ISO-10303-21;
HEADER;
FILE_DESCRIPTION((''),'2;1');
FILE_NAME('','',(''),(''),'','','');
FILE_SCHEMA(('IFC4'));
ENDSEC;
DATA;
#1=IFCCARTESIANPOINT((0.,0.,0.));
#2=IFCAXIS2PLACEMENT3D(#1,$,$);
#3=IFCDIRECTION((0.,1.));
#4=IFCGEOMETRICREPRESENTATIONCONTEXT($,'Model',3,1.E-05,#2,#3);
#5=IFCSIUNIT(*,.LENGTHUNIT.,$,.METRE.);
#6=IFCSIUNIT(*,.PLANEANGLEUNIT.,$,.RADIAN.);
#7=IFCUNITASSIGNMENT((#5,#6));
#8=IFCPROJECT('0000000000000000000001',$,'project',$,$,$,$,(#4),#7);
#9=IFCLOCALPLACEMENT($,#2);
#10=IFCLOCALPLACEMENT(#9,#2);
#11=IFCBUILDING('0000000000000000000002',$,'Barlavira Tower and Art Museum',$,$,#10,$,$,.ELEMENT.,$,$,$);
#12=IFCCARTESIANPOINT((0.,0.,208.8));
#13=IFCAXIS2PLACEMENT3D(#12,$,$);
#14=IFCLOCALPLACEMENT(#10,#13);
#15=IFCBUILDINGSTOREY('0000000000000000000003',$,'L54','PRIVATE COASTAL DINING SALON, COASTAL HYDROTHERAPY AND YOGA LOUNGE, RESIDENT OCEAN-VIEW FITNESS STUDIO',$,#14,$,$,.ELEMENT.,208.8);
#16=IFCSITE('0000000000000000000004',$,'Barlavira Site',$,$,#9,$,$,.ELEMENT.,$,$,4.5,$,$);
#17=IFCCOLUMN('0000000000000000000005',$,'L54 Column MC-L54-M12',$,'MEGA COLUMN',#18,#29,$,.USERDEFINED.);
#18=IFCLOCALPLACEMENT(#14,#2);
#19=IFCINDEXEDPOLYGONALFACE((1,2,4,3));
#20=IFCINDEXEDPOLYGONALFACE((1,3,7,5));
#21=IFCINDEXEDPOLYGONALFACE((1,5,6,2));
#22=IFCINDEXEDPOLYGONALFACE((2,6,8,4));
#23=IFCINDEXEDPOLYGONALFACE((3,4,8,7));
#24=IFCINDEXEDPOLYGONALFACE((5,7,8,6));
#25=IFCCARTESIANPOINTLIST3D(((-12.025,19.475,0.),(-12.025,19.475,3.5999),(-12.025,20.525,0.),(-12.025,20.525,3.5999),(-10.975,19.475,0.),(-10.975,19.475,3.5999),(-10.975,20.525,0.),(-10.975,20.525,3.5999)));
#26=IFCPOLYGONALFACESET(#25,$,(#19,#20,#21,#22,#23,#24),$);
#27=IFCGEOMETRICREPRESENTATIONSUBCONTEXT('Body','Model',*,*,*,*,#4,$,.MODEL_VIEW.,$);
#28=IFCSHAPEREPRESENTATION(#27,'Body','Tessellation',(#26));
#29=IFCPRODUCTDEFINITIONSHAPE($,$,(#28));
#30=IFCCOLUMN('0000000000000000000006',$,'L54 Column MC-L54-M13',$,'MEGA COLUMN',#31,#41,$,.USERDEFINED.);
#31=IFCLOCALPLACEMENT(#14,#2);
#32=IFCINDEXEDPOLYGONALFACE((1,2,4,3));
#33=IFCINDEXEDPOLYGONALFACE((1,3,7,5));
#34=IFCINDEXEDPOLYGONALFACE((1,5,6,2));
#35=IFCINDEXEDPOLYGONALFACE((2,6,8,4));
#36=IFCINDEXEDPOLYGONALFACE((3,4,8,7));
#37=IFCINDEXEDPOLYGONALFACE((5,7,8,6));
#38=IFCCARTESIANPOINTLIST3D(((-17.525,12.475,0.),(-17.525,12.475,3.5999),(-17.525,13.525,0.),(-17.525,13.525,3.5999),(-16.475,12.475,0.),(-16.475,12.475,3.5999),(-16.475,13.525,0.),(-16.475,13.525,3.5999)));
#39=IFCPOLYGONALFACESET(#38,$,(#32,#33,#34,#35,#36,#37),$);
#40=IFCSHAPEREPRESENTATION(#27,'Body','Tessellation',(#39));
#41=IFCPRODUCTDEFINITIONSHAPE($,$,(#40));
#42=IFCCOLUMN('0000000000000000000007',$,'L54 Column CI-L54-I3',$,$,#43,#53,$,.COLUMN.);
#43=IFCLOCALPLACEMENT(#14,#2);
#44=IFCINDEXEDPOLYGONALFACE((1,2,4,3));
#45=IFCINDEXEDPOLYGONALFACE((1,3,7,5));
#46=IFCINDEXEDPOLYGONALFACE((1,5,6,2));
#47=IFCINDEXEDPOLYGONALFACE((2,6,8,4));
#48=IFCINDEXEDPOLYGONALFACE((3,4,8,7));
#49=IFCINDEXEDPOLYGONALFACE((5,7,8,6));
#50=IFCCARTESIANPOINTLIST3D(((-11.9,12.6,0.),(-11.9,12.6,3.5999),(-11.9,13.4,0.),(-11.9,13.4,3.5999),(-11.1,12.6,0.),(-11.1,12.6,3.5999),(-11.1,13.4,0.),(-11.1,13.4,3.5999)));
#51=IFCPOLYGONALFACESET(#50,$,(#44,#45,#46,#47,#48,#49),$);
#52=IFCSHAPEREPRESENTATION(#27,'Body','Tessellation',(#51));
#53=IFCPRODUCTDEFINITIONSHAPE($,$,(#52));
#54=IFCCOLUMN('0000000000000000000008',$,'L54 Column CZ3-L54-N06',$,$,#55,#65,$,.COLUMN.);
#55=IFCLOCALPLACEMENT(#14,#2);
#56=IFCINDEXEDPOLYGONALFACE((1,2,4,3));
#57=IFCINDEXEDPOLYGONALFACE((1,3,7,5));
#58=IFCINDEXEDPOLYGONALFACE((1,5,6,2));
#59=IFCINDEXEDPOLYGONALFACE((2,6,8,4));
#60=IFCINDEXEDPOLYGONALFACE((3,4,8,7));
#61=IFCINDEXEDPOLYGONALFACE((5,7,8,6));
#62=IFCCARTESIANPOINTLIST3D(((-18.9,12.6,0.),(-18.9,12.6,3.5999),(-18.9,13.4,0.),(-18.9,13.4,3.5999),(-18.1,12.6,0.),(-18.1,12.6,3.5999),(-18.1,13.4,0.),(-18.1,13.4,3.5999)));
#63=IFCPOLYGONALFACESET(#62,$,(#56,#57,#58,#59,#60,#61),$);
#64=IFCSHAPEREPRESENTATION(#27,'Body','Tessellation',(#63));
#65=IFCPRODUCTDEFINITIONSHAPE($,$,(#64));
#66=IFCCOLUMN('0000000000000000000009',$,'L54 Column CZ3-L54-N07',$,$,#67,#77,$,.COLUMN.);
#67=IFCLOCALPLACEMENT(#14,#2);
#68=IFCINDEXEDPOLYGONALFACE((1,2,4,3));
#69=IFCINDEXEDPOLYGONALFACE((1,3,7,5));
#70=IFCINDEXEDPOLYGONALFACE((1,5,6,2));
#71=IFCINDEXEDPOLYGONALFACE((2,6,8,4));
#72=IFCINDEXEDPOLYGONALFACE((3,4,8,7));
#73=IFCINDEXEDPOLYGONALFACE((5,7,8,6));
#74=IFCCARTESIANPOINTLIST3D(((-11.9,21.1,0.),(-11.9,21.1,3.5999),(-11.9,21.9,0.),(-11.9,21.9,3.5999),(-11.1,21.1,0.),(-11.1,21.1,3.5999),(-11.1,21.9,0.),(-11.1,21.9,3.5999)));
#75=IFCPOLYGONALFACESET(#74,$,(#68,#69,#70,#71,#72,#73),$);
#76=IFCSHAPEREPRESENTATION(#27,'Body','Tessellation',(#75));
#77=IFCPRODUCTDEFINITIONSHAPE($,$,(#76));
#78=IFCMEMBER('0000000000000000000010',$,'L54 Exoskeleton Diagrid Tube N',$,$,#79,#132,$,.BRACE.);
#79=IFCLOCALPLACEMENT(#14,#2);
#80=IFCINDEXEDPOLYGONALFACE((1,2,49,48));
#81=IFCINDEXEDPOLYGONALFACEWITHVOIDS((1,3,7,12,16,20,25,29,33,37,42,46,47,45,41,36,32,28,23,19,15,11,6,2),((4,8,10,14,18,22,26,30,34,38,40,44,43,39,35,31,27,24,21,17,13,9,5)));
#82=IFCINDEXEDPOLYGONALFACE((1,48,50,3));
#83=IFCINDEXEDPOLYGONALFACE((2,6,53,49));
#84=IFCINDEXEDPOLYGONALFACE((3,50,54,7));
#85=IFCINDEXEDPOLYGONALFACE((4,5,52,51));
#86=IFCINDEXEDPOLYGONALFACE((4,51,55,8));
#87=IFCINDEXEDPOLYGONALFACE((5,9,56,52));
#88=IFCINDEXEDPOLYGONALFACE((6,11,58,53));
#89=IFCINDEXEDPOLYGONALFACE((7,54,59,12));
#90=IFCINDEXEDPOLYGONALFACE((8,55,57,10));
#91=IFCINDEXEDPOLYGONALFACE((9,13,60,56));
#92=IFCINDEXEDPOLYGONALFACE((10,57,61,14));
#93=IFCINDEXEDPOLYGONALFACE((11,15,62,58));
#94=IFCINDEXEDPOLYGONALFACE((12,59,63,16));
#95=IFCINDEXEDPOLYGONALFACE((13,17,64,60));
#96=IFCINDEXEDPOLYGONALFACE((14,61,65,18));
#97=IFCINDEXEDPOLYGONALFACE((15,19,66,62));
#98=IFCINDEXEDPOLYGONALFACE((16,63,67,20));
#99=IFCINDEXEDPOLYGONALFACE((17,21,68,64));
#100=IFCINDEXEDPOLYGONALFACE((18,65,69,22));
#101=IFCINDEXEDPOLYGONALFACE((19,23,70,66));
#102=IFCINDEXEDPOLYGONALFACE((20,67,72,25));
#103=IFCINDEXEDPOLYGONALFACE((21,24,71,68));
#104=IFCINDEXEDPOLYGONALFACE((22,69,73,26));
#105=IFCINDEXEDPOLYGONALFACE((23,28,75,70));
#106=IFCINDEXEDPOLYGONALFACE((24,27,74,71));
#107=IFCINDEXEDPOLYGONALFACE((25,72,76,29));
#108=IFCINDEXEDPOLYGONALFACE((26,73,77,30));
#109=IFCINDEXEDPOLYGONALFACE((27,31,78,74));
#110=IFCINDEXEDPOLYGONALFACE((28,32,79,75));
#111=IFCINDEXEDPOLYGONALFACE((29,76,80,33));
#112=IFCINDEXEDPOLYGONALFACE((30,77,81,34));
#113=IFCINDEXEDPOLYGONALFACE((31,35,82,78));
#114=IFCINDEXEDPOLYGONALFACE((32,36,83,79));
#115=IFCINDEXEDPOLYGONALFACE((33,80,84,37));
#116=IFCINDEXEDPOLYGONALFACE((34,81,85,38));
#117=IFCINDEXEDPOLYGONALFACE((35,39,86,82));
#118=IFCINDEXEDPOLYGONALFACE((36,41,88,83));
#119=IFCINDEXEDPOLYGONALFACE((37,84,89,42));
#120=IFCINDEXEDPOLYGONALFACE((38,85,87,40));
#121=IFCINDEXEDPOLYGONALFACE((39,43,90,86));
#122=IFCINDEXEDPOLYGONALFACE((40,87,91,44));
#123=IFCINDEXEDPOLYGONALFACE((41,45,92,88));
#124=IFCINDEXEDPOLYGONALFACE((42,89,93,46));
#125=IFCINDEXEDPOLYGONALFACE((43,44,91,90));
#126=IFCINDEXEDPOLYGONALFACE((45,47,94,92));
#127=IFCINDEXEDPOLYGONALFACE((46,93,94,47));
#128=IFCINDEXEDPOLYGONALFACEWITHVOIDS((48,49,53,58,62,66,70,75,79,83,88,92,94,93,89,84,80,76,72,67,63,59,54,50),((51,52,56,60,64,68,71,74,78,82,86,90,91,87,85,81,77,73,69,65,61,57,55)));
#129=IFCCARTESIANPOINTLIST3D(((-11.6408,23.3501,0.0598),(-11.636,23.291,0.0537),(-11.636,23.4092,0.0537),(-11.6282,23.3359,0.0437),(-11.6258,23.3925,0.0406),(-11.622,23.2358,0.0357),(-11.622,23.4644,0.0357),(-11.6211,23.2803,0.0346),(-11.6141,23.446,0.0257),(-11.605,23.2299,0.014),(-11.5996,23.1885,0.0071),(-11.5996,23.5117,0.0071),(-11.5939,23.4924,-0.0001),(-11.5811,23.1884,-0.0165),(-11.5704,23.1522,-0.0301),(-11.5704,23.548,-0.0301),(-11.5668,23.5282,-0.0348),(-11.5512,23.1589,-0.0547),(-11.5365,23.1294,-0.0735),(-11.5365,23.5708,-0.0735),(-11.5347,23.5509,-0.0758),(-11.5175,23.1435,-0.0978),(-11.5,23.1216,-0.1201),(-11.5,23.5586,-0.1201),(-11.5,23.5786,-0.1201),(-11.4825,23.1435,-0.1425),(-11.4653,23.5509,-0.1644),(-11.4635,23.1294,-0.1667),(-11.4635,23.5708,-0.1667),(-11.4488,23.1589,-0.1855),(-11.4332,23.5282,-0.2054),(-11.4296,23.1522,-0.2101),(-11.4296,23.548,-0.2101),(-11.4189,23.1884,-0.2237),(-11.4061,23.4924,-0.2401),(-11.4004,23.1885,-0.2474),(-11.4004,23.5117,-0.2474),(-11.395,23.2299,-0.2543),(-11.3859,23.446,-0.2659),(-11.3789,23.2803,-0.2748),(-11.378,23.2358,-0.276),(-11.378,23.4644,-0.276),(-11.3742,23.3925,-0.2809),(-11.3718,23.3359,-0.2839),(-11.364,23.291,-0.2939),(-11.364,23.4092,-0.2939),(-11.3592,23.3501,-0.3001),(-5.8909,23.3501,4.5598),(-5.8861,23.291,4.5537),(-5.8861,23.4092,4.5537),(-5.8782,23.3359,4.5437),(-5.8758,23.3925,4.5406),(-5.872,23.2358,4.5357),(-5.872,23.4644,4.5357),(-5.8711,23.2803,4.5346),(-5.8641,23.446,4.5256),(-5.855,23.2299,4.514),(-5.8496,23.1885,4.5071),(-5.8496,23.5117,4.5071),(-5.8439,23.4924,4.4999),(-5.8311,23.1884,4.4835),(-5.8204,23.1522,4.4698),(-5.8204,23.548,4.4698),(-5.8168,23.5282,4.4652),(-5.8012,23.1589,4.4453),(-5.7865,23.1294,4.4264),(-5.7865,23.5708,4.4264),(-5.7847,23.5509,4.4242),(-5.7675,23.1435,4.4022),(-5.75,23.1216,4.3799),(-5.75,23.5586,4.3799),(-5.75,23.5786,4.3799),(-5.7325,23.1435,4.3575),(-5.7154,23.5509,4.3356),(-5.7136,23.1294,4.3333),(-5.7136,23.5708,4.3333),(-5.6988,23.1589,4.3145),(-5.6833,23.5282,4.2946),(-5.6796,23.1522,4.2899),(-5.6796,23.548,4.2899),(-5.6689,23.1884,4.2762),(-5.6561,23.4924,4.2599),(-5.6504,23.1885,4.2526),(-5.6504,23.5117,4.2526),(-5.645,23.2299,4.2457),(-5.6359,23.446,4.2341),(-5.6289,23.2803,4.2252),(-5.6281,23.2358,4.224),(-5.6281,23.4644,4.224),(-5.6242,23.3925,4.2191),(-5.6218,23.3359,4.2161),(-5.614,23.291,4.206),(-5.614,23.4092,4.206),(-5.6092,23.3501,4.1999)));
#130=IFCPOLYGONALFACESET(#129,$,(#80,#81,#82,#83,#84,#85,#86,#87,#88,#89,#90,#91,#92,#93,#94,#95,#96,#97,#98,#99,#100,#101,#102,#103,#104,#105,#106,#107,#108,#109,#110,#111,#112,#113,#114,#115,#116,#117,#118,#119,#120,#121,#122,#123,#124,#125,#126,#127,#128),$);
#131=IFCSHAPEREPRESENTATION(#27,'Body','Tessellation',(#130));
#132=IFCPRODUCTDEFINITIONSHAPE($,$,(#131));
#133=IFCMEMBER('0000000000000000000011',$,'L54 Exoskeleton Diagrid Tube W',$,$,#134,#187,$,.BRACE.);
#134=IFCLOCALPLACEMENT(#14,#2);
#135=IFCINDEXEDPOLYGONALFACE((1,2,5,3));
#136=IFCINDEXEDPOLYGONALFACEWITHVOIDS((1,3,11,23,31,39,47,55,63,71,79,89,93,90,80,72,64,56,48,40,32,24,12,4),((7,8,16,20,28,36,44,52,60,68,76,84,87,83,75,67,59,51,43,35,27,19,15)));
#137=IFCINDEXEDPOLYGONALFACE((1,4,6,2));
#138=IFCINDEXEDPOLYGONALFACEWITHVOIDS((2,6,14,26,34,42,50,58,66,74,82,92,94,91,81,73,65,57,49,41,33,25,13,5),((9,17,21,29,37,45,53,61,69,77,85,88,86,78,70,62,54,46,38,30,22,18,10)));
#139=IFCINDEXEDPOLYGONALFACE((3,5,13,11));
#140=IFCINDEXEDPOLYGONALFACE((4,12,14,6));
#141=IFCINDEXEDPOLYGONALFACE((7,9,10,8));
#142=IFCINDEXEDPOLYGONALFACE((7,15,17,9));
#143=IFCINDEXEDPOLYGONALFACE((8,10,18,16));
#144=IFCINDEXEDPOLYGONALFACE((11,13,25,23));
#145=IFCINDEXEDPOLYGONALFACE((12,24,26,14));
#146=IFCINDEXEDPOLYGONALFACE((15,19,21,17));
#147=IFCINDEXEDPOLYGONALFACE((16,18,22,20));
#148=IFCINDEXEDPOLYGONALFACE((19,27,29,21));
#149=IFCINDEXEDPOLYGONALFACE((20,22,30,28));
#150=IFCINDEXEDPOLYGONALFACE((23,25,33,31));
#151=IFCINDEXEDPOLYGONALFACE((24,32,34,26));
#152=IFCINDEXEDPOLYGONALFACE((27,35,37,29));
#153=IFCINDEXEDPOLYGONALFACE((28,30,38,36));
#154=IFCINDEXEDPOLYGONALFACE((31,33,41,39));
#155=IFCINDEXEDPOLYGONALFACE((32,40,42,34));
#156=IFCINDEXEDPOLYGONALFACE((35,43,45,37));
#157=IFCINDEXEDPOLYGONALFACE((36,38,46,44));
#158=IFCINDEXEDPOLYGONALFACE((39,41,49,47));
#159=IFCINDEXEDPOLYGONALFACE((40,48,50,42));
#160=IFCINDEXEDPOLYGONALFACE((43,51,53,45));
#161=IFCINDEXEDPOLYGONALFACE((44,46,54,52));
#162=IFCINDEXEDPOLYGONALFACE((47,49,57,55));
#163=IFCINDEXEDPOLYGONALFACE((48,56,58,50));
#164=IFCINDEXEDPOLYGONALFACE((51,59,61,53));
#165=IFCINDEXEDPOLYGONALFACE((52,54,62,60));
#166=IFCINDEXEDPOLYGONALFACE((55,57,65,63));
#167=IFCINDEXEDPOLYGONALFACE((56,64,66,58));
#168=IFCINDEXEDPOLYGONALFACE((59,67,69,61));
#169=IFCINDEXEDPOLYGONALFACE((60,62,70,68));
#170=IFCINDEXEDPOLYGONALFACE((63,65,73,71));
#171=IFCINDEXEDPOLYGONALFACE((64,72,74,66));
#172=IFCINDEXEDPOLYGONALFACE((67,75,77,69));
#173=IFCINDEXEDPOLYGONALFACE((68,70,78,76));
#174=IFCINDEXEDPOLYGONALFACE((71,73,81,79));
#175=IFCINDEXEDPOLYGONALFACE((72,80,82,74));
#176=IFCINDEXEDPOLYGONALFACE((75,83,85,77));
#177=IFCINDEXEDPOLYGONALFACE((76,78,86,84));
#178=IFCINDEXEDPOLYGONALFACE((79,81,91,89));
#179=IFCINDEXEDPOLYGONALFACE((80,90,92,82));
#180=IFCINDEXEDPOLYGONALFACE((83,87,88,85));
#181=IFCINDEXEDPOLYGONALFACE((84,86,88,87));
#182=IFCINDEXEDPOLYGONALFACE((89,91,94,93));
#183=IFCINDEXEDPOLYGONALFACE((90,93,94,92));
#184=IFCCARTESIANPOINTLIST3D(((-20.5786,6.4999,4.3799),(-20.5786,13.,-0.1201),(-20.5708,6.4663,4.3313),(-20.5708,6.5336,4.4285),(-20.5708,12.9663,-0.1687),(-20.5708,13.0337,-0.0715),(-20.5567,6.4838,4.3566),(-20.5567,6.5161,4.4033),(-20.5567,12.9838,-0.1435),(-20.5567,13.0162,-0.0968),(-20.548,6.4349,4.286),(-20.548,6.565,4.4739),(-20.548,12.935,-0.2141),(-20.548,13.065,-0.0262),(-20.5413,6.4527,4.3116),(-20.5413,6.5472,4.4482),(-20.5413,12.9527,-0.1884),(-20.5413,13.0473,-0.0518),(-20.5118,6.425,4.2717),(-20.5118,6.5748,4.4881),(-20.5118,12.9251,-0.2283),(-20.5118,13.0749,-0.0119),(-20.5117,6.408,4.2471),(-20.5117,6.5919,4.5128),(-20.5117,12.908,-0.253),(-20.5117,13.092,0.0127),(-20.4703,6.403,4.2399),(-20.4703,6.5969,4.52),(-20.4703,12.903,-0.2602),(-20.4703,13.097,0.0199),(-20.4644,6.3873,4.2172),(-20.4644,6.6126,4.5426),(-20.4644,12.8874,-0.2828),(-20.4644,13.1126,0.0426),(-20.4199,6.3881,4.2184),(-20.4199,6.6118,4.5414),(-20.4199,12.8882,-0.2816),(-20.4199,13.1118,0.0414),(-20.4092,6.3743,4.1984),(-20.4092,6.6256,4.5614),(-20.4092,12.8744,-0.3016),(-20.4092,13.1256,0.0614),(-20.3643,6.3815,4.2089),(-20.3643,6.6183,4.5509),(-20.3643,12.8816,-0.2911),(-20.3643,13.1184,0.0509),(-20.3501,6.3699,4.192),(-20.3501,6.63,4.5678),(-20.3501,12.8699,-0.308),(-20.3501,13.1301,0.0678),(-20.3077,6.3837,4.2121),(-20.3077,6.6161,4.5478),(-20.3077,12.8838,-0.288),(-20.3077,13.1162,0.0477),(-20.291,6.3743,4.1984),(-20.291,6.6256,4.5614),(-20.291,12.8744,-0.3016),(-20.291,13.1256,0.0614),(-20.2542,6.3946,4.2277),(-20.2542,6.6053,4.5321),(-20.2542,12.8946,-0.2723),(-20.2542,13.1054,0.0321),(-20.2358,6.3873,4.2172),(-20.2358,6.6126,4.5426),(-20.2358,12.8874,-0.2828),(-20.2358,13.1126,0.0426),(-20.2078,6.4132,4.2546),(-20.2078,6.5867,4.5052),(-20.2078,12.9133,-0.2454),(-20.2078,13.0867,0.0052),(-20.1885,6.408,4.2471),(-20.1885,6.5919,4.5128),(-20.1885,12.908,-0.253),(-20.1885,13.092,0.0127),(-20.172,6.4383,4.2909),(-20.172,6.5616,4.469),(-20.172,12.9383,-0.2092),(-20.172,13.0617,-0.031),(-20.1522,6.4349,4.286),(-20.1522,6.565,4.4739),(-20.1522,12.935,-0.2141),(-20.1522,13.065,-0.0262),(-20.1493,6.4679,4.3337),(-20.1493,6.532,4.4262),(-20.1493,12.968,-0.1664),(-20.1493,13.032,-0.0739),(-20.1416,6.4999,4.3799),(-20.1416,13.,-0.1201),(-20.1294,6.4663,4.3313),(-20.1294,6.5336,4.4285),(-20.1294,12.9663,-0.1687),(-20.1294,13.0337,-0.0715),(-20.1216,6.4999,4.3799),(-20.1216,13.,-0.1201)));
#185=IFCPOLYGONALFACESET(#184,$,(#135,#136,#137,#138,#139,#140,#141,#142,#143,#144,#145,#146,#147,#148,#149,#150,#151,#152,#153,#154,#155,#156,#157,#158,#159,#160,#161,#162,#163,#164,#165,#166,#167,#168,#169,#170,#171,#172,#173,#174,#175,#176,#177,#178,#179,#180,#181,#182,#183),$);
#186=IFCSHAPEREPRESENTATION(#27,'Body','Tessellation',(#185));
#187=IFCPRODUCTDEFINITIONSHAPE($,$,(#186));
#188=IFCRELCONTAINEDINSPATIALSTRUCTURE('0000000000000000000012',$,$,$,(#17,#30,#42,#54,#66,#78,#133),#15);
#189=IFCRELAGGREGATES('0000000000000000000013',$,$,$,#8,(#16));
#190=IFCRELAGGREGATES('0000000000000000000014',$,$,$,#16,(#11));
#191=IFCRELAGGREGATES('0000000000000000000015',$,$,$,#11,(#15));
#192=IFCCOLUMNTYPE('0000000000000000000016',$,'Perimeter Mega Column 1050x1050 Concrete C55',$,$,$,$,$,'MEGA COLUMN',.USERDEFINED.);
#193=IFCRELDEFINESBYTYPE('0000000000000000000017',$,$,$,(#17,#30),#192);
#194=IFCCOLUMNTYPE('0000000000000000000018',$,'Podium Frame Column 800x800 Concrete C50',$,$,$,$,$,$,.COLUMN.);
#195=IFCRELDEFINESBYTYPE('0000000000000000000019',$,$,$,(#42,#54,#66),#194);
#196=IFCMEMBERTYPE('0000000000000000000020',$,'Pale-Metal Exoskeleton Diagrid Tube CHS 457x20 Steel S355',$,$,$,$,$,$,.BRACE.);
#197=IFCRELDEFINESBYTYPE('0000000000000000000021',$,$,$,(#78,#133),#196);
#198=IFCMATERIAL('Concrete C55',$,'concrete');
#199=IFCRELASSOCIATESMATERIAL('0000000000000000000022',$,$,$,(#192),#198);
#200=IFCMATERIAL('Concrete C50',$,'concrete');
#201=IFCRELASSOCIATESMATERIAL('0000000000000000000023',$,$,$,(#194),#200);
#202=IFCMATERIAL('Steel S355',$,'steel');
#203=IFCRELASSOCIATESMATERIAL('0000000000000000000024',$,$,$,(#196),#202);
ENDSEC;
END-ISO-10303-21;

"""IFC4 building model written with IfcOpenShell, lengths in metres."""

from ifc_helpers import new_model, si_unit, direction, frame, origin, origin_2d, place, context, subcontext, project, spatial, rectangle, hollow_circle, extrude, material, material_profile, profile_set, type_object, element, save


model = new_model("IFC4")

# Units and contexts
model_context = context("Model", 3, precision=1e-05, world=origin(), true_north=direction((0.0, 1.0)))
body_context = subcontext(model_context, "Body", "Model", "MODEL_VIEW")
ifc_project = project(units=[si_unit("LENGTHUNIT", "METRE"), si_unit("PLANEANGLEUNIT", "RADIAN")], contexts=[model_context])

# Site, building, storey
site_placement = place(None, origin())
site = spatial("IfcSite", under=ifc_project, at=site_placement, Name="Barlavira Site", CompositionType="ELEMENT", RefElevation=4.5)
building_placement = place(site_placement, origin())
building = spatial("IfcBuilding", under=site, at=building_placement, Name="Barlavira Tower and Art Museum", CompositionType="ELEMENT")
storey_placement = place(building_placement, frame((0.0, 0.0, 208.8)))
storey = spatial("IfcBuildingStorey", under=building, at=storey_placement, Name="L54", Description="PRIVATE COASTAL DINING SALON, COASTAL HYDROTHERAPY AND YOGA LOUNGE, RESIDENT OCEAN-VIEW FITNESS STUDIO", CompositionType="ELEMENT", Elevation=208.8)

# Columns
ifc_material_1 = material(Name="Concrete C55", Category="concrete")
ifc_material_profile_1 = material_profile(ifc_material_1, rectangle(XDim=1.05, YDim=1.05, at=origin_2d()), Name="RC-COL 1050x1050")
ifc_profile_set_1 = profile_set([ifc_material_profile_1], Name="Concrete C55")
column_type_1 = type_object("IfcColumnType", Name="Perimeter Mega Column 1050x1050 Concrete C55", ElementType="MEGA COLUMN", PredefinedType="USERDEFINED", material=ifc_profile_set_1)
for number, where, z_axis, x_axis, name in (
    (1, (-11.5, 20.0, 0.0), (0.0, 0.0, 1.0), (1.0, 0.0, 0.0), "L54 Column MC-L54-M12"),
    (2, (-17.0, 13.0, 0.0), (0.0, 0.0, 1.0), (1.0, 0.0, 0.0), "L54 Column MC-L54-M13"),
):
    element("IfcColumn", number, at=place(storey_placement, frame(where, z_axis=z_axis, x_axis=x_axis)), inside=storey, type_object=column_type_1, Name=name, ObjectType="MEGA COLUMN", PredefinedType="USERDEFINED", context=body_context, shape_type="SweptSolid", body=[
        extrude(rectangle(XDim=1.05, YDim=1.05, at=origin_2d()), origin(), (0.0, 0.0, 1.0), 3.5999),
    ])
ifc_material_2 = material(Name="Concrete C50", Category="concrete")
ifc_material_profile_2 = material_profile(ifc_material_2, rectangle(XDim=0.8, YDim=0.8, at=origin_2d()), Name="RC-COL 800x800")
ifc_profile_set_2 = profile_set([ifc_material_profile_2], Name="Concrete C50")
column_type_2 = type_object("IfcColumnType", Name="Podium Frame Column 800x800 Concrete C50", PredefinedType="COLUMN", material=ifc_profile_set_2)
for number, where, z_axis, x_axis, name in (
    (3, (-11.5, 13.0, 0.0), (0.0, 0.0, 1.0), (1.0, 0.0, 0.0), "L54 Column CI-L54-I3"),
    (4, (-18.5, 13.0, 0.0), (0.0, 0.0, 1.0), (1.0, 0.0, 0.0), "L54 Column CZ3-L54-N06"),
    (5, (-11.5, 21.5, 0.0), (0.0, 0.0, 1.0), (1.0, 0.0, 0.0), "L54 Column CZ3-L54-N07"),
):
    element("IfcColumn", number, at=place(storey_placement, frame(where, z_axis=z_axis, x_axis=x_axis)), inside=storey, type_object=column_type_2, Name=name, PredefinedType="COLUMN", context=body_context, shape_type="SweptSolid", body=[
        extrude(rectangle(XDim=0.8, YDim=0.8, at=origin_2d()), origin(), (0.0, 0.0, 1.0), 3.5999),
    ])

# Members
ifc_material_3 = material(Name="Steel S355", Category="steel")
ifc_material_profile_3 = material_profile(ifc_material_3, hollow_circle(Radius=0.2285, WallThickness=0.02, at=origin_2d()), Name="CHS 457.0x20.0")
ifc_profile_set_3 = profile_set([ifc_material_profile_3], Name="Steel S355")
member_type_1 = type_object("IfcMemberType", Name="Pale-Metal Exoskeleton Diagrid Tube CHS 457x20 Steel S355", PredefinedType="BRACE", material=ifc_profile_set_3)
member_1_placement = place(storey_placement, frame((-11.5, 23.3501, -0.1201), z_axis=(0.787505, 0.0, 0.616308), x_axis=(0.0, 1.0, 0.0)))
element("IfcMember", 6, at=member_1_placement, inside=storey, type_object=member_type_1, Name="L54 Exoskeleton Diagrid Tube N", PredefinedType="BRACE", context=body_context, shape_type="SweptSolid", body=[
    extrude(hollow_circle(Radius=0.2285, WallThickness=0.02, at=origin_2d()), origin(), (0.0, 0.0, 1.0), 7.3015),
])
member_2_placement = place(storey_placement, frame((-20.3501, 13.0, -0.1201), z_axis=(0.0, -0.822192, 0.56921), x_axis=(1.0, 0.0, 0.0)))
element("IfcMember", 7, at=member_2_placement, inside=storey, type_object=member_type_1, Name="L54 Exoskeleton Diagrid Tube W", PredefinedType="BRACE", context=body_context, shape_type="SweptSolid", body=[
    extrude(hollow_circle(Radius=0.2285, WallThickness=0.02, at=origin_2d()), origin(), (0.0, 0.0, 1.0), 7.9058),
])

save(model, "model.ifc")
